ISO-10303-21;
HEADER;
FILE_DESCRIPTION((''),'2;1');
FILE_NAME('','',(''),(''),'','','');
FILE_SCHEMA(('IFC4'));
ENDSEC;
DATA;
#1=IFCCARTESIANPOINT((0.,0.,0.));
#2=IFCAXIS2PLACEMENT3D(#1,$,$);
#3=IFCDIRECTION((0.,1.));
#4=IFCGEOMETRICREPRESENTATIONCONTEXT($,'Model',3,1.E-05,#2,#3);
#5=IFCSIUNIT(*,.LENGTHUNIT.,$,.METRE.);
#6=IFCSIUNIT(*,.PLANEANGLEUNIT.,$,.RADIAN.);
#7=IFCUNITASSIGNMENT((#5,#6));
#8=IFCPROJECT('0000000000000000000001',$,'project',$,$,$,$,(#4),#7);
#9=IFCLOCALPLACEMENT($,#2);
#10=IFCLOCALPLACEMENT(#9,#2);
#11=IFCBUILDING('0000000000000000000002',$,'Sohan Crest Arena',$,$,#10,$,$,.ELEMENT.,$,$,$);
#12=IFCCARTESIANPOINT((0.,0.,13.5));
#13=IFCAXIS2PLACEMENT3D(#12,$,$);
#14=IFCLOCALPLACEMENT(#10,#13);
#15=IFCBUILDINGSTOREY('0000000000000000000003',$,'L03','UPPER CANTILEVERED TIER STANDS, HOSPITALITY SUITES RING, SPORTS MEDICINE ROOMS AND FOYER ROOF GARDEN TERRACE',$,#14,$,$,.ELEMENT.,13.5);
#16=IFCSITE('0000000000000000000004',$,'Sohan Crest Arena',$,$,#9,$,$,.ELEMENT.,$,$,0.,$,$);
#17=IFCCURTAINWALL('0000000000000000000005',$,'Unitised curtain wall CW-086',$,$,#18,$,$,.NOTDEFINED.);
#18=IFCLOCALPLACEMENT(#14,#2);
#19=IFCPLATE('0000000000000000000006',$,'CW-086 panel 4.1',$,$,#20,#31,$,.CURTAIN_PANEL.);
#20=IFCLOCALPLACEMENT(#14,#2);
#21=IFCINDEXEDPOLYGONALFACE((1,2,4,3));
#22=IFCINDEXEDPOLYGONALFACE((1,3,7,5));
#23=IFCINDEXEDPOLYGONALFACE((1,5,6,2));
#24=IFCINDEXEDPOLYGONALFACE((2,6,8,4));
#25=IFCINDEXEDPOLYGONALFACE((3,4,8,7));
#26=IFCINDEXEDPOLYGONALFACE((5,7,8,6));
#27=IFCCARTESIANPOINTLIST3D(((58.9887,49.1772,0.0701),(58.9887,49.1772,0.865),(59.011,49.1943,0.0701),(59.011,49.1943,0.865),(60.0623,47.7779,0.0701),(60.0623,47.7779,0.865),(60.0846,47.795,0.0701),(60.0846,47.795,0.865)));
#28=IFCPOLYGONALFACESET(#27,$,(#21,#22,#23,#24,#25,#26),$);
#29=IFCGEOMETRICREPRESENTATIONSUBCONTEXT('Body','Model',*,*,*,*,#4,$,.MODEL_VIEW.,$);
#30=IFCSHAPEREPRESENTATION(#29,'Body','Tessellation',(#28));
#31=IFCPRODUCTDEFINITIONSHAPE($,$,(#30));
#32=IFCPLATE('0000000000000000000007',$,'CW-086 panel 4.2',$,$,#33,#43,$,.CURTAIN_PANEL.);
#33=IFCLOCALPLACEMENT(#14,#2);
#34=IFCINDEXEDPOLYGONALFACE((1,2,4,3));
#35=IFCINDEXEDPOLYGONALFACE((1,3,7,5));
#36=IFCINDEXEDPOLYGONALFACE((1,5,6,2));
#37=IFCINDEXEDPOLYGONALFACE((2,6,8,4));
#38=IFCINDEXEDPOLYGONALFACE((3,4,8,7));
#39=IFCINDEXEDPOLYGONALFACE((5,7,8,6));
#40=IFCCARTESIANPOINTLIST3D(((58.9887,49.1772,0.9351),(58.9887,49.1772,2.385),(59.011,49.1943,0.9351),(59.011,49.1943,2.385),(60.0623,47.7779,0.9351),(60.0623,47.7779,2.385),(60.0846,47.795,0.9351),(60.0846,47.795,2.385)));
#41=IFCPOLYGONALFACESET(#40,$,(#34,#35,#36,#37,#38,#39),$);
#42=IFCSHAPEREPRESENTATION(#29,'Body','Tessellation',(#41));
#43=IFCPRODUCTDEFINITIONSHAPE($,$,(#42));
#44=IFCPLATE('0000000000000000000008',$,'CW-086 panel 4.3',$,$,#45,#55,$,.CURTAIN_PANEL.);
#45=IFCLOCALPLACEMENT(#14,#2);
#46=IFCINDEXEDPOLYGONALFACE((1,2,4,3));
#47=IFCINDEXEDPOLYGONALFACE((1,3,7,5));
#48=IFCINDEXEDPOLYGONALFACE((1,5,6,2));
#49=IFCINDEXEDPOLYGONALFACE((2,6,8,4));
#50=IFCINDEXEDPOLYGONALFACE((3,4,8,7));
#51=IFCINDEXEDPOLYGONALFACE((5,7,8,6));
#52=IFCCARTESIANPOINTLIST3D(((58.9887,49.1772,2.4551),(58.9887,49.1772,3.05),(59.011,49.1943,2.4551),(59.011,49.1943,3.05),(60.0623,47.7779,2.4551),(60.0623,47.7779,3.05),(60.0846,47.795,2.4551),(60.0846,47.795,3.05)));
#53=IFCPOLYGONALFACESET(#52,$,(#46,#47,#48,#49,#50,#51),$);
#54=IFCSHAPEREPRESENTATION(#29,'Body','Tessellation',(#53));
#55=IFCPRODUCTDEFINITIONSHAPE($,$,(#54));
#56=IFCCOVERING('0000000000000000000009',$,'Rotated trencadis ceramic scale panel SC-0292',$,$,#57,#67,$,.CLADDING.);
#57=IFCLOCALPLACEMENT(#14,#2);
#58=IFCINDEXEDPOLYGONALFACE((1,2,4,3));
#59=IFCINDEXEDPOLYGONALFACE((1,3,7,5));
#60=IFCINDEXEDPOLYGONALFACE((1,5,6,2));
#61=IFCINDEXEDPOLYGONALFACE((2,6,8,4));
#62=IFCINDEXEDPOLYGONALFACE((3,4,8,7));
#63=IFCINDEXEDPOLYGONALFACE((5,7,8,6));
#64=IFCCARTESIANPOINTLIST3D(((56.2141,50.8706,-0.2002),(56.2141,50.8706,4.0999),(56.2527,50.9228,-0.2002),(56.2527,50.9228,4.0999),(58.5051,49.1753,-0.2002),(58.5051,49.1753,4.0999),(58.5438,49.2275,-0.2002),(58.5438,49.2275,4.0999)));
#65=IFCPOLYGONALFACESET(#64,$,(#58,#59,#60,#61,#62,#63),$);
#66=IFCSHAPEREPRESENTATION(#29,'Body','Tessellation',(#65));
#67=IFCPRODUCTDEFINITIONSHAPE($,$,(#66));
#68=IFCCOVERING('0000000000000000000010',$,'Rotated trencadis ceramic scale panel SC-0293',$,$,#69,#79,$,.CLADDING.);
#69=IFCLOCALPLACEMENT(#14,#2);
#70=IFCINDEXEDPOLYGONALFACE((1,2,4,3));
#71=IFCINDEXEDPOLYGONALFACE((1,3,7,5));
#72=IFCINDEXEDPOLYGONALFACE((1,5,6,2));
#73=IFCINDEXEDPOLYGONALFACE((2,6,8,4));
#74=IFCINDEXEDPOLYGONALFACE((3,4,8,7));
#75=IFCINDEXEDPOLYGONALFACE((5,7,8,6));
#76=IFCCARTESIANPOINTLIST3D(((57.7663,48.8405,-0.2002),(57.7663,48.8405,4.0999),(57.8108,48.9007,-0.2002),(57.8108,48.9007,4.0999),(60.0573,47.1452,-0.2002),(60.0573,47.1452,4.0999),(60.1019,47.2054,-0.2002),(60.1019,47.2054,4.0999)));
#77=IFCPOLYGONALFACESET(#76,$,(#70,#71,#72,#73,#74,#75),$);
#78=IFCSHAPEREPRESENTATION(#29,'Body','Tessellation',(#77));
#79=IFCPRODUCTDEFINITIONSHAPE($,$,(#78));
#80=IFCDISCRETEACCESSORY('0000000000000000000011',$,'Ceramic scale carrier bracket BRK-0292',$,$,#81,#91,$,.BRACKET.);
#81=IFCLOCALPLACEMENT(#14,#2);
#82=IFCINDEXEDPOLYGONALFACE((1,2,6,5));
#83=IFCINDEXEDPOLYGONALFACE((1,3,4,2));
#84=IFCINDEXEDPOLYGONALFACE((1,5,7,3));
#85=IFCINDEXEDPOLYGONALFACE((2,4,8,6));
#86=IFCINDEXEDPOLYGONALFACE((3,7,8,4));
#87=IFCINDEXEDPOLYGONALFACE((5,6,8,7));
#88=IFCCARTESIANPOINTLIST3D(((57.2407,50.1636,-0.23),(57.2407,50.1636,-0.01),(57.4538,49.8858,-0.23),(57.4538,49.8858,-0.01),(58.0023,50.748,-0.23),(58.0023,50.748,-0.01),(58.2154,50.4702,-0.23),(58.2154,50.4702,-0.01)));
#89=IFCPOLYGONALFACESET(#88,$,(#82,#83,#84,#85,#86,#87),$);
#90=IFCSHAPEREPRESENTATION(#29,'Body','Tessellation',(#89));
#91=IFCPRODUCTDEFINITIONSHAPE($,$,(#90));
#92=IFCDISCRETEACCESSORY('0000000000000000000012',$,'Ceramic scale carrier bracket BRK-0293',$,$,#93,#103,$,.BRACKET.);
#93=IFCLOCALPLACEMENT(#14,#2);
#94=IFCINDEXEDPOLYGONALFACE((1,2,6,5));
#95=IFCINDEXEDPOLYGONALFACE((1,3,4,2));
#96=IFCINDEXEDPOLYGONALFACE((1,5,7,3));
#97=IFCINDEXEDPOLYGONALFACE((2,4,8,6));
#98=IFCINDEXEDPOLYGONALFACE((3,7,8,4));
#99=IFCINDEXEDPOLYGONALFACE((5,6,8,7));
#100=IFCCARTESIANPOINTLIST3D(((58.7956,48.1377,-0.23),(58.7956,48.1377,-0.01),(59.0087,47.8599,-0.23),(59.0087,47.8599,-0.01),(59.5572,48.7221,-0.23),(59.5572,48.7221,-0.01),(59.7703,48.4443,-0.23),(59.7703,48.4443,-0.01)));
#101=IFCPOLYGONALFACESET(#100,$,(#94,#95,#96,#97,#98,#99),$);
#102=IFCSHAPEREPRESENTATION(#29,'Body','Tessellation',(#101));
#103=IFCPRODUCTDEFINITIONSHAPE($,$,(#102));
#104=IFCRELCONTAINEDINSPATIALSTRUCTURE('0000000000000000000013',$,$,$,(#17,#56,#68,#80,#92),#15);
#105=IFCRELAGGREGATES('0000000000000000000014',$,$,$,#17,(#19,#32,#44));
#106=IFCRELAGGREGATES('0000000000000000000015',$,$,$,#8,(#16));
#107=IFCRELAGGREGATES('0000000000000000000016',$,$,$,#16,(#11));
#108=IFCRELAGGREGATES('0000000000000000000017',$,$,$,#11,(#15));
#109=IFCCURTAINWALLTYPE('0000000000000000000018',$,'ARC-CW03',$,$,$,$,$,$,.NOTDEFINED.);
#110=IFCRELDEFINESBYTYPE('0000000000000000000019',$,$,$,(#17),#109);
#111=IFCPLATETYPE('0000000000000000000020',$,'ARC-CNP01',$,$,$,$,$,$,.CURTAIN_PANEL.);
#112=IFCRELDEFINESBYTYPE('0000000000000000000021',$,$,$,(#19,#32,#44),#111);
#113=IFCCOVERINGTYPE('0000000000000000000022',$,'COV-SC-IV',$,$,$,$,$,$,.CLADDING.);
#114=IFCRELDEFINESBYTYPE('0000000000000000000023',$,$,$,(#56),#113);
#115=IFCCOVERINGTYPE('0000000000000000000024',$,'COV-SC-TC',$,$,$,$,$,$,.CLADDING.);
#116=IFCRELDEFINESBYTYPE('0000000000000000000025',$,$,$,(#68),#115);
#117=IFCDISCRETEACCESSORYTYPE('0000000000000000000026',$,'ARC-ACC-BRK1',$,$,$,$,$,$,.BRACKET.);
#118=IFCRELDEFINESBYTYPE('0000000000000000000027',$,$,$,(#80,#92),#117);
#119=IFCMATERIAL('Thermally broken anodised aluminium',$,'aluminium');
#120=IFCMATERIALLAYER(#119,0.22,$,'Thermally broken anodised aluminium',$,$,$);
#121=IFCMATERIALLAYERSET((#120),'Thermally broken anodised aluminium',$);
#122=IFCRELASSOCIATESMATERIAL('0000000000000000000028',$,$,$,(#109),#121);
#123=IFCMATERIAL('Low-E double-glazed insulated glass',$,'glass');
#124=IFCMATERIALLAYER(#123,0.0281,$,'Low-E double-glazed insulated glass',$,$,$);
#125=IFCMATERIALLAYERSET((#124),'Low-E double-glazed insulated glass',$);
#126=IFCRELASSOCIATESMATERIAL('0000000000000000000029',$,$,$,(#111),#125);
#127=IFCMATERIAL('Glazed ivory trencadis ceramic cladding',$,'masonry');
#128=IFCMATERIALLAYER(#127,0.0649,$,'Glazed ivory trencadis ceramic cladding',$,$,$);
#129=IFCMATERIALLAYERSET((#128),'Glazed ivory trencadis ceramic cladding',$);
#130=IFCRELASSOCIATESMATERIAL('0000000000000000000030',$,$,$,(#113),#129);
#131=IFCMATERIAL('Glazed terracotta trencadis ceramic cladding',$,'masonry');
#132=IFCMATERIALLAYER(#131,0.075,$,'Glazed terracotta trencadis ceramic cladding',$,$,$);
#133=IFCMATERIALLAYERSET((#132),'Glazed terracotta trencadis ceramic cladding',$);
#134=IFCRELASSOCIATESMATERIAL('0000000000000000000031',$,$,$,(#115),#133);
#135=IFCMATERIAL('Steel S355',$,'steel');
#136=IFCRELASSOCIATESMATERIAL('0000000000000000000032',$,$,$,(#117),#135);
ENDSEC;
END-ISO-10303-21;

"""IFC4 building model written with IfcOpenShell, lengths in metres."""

from ifc_helpers import new_model, si_unit, direction, frame, origin, origin_2d, place, context, subcontext, project, spatial, rectangle, extrude, material, layer, layer_set, type_object, element, aggregate, save


model = new_model("IFC4")

# Units and contexts
model_context = context("Model", 3, precision=1e-05, world=origin(), true_north=direction((0.0, 1.0)))
body_context = subcontext(model_context, "Body", "Model", "MODEL_VIEW")
ifc_project = project(units=[si_unit("LENGTHUNIT", "METRE"), si_unit("PLANEANGLEUNIT", "RADIAN")], contexts=[model_context])

# Site, building, storey
site_placement = place(None, origin())
site = spatial("IfcSite", under=ifc_project, at=site_placement, Name="Sohan Crest Arena", CompositionType="ELEMENT", RefElevation=0.0)
building_placement = place(site_placement, origin())
building = spatial("IfcBuilding", under=site, at=building_placement, Name="Sohan Crest Arena", CompositionType="ELEMENT")
storey_placement = place(building_placement, frame((0.0, 0.0, 13.5)))
storey = spatial("IfcBuildingStorey", under=building, at=storey_placement, Name="L03", Description="UPPER CANTILEVERED TIER STANDS, HOSPITALITY SUITES RING, SPORTS MEDICINE ROOMS AND FOYER ROOF GARDEN TERRACE", CompositionType="ELEMENT", Elevation=13.5)

# Shared definitions
ifc_material_1 = material(Name="Steel S355", Category="steel")

# Curtain wall
ifc_material_2 = material(Name="Thermally broken anodised aluminium", Category="aluminium")
ifc_layer_1 = layer(ifc_material_2, 0.22, Name="Thermally broken anodised aluminium")
ifc_layer_set_1 = layer_set([ifc_layer_1], Name="Thermally broken anodised aluminium")
curtain_wall_type = type_object("IfcCurtainWallType", Name="ARC-CW03", PredefinedType="NOTDEFINED", material=ifc_layer_set_1)
curtain_wall_placement = place(storey_placement, origin())
curtain_wall = element("IfcCurtainWall", 1, at=curtain_wall_placement, inside=storey, type_object=curtain_wall_type, Name="Unitised curtain wall CW-086", PredefinedType="NOTDEFINED")

# Plates
ifc_material_3 = material(Name="Low-E double-glazed insulated glass", Category="glass")
ifc_layer_2 = layer(ifc_material_3, 0.0281, Name="Low-E double-glazed insulated glass")
ifc_layer_set_2 = layer_set([ifc_layer_2], Name="Low-E double-glazed insulated glass")
plate_type = type_object("IfcPlateType", Name="ARC-CNP01", PredefinedType="CURTAIN_PANEL", material=ifc_layer_set_2)
plate_1_placement = place(storey_placement, frame((59.5366, 48.4861, 0.0701), z_axis=(0.0, 0.0, 1.0), x_axis=(0.608737, -0.793372, 0.0)))
plate_1 = element("IfcPlate", 2, at=plate_1_placement, type_object=plate_type, Name="CW-086 panel 4.1", PredefinedType="CURTAIN_PANEL", context=body_context, shape_type="SweptSolid", body=[
    extrude(rectangle(XDim=1.7637, YDim=0.0281, at=origin_2d()), origin(), (0.0, 0.0, 1.0), 0.7949),
])
plate_2_placement = place(storey_placement, frame((59.5366, 48.4861, 0.9351), z_axis=(0.0, 0.0, 1.0), x_axis=(0.608737, -0.793372, 0.0)))
plate_2 = element("IfcPlate", 3, at=plate_2_placement, type_object=plate_type, Name="CW-086 panel 4.2", PredefinedType="CURTAIN_PANEL", context=body_context, shape_type="SweptSolid", body=[
    extrude(rectangle(XDim=1.7637, YDim=0.0281, at=origin_2d()), origin(), (0.0, 0.0, 1.0), 1.45),
])
plate_3_placement = place(storey_placement, frame((59.5366, 48.4861, 2.4551), z_axis=(0.0, 0.0, 1.0), x_axis=(0.608737, -0.793372, 0.0)))
plate_3 = element("IfcPlate", 4, at=plate_3_placement, type_object=plate_type, Name="CW-086 panel 4.3", PredefinedType="CURTAIN_PANEL", context=body_context, shape_type="SweptSolid", body=[
    extrude(rectangle(XDim=1.7637, YDim=0.0281, at=origin_2d()), origin(), (0.0, 0.0, 1.0), 0.595),
])
aggregate(curtain_wall, [plate_1, plate_2, plate_3])

# Coverings
ifc_material_4 = material(Name="Glazed ivory trencadis ceramic cladding", Category="masonry")
ifc_layer_3 = layer(ifc_material_4, 0.0649, Name="Glazed ivory trencadis ceramic cladding")
ifc_layer_set_3 = layer_set([ifc_layer_3], Name="Glazed ivory trencadis ceramic cladding")
covering_type_1 = type_object("IfcCoveringType", Name="COV-SC-IV", PredefinedType="CLADDING", material=ifc_layer_set_3)
covering_1_placement = place(storey_placement, frame((57.3789, 50.0491, -0.2002), z_axis=(0.0, 0.0, 1.0), x_axis=(0.803857, -0.594823, 0.0)))
element("IfcCovering", 5, at=covering_1_placement, inside=storey, type_object=covering_type_1, Name="Rotated trencadis ceramic scale panel SC-0292", PredefinedType="CLADDING", context=body_context, shape_type="SweptSolid", body=[
    extrude(rectangle(XDim=2.8501, YDim=0.0649, at=origin_2d()), origin(), (0.0, 0.0, 1.0), 4.3),
])
ifc_material_5 = material(Name="Glazed terracotta trencadis ceramic cladding", Category="masonry")
ifc_layer_4 = layer(ifc_material_5, 0.075, Name="Glazed terracotta trencadis ceramic cladding")
ifc_layer_set_4 = layer_set([ifc_layer_4], Name="Glazed terracotta trencadis ceramic cladding")
covering_type_2 = type_object("IfcCoveringType", Name="COV-SC-TC", PredefinedType="CLADDING", material=ifc_layer_set_4)
covering_2_placement = place(storey_placement, frame((58.9341, 48.0229, -0.2002), z_axis=(0.0, 0.0, 1.0), x_axis=(0.803857, -0.594823, 0.0)))
element("IfcCovering", 6, at=covering_2_placement, inside=storey, type_object=covering_type_2, Name="Rotated trencadis ceramic scale panel SC-0293", PredefinedType="CLADDING", context=body_context, shape_type="SweptSolid", body=[
    extrude(rectangle(XDim=2.8501, YDim=0.075, at=origin_2d()), origin(), (0.0, 0.0, 1.0), 4.3),
])

# Discrete accessories
discrete_accessory_type = type_object("IfcDiscreteAccessoryType", Name="ARC-ACC-BRK1", PredefinedType="BRACKET", material=ifc_material_1)
for number, where, z_axis, x_axis, name in (
    (7, (57.728, 50.3169, -0.23), (0.0, 0.0, 1.0), (0.608761, -0.793353, 0.0), "Ceramic scale carrier bracket BRK-0292"),
    (8, (59.283, 48.291, -0.23), (0.0, 0.0, 1.0), (0.608761, -0.793353, 0.0), "Ceramic scale carrier bracket BRK-0293"),
):
    element("IfcDiscreteAccessory", number, at=place(storey_placement, frame(where, z_axis=z_axis, x_axis=x_axis)), inside=storey, type_object=discrete_accessory_type, Name=name, PredefinedType="BRACKET", context=body_context, shape_type="SweptSolid", body=[
        extrude(rectangle(XDim=0.3501, YDim=0.96, at=origin_2d()), origin(), (0.0, 0.0, 1.0), 0.22),
    ])

save(model, "model.ifc")
